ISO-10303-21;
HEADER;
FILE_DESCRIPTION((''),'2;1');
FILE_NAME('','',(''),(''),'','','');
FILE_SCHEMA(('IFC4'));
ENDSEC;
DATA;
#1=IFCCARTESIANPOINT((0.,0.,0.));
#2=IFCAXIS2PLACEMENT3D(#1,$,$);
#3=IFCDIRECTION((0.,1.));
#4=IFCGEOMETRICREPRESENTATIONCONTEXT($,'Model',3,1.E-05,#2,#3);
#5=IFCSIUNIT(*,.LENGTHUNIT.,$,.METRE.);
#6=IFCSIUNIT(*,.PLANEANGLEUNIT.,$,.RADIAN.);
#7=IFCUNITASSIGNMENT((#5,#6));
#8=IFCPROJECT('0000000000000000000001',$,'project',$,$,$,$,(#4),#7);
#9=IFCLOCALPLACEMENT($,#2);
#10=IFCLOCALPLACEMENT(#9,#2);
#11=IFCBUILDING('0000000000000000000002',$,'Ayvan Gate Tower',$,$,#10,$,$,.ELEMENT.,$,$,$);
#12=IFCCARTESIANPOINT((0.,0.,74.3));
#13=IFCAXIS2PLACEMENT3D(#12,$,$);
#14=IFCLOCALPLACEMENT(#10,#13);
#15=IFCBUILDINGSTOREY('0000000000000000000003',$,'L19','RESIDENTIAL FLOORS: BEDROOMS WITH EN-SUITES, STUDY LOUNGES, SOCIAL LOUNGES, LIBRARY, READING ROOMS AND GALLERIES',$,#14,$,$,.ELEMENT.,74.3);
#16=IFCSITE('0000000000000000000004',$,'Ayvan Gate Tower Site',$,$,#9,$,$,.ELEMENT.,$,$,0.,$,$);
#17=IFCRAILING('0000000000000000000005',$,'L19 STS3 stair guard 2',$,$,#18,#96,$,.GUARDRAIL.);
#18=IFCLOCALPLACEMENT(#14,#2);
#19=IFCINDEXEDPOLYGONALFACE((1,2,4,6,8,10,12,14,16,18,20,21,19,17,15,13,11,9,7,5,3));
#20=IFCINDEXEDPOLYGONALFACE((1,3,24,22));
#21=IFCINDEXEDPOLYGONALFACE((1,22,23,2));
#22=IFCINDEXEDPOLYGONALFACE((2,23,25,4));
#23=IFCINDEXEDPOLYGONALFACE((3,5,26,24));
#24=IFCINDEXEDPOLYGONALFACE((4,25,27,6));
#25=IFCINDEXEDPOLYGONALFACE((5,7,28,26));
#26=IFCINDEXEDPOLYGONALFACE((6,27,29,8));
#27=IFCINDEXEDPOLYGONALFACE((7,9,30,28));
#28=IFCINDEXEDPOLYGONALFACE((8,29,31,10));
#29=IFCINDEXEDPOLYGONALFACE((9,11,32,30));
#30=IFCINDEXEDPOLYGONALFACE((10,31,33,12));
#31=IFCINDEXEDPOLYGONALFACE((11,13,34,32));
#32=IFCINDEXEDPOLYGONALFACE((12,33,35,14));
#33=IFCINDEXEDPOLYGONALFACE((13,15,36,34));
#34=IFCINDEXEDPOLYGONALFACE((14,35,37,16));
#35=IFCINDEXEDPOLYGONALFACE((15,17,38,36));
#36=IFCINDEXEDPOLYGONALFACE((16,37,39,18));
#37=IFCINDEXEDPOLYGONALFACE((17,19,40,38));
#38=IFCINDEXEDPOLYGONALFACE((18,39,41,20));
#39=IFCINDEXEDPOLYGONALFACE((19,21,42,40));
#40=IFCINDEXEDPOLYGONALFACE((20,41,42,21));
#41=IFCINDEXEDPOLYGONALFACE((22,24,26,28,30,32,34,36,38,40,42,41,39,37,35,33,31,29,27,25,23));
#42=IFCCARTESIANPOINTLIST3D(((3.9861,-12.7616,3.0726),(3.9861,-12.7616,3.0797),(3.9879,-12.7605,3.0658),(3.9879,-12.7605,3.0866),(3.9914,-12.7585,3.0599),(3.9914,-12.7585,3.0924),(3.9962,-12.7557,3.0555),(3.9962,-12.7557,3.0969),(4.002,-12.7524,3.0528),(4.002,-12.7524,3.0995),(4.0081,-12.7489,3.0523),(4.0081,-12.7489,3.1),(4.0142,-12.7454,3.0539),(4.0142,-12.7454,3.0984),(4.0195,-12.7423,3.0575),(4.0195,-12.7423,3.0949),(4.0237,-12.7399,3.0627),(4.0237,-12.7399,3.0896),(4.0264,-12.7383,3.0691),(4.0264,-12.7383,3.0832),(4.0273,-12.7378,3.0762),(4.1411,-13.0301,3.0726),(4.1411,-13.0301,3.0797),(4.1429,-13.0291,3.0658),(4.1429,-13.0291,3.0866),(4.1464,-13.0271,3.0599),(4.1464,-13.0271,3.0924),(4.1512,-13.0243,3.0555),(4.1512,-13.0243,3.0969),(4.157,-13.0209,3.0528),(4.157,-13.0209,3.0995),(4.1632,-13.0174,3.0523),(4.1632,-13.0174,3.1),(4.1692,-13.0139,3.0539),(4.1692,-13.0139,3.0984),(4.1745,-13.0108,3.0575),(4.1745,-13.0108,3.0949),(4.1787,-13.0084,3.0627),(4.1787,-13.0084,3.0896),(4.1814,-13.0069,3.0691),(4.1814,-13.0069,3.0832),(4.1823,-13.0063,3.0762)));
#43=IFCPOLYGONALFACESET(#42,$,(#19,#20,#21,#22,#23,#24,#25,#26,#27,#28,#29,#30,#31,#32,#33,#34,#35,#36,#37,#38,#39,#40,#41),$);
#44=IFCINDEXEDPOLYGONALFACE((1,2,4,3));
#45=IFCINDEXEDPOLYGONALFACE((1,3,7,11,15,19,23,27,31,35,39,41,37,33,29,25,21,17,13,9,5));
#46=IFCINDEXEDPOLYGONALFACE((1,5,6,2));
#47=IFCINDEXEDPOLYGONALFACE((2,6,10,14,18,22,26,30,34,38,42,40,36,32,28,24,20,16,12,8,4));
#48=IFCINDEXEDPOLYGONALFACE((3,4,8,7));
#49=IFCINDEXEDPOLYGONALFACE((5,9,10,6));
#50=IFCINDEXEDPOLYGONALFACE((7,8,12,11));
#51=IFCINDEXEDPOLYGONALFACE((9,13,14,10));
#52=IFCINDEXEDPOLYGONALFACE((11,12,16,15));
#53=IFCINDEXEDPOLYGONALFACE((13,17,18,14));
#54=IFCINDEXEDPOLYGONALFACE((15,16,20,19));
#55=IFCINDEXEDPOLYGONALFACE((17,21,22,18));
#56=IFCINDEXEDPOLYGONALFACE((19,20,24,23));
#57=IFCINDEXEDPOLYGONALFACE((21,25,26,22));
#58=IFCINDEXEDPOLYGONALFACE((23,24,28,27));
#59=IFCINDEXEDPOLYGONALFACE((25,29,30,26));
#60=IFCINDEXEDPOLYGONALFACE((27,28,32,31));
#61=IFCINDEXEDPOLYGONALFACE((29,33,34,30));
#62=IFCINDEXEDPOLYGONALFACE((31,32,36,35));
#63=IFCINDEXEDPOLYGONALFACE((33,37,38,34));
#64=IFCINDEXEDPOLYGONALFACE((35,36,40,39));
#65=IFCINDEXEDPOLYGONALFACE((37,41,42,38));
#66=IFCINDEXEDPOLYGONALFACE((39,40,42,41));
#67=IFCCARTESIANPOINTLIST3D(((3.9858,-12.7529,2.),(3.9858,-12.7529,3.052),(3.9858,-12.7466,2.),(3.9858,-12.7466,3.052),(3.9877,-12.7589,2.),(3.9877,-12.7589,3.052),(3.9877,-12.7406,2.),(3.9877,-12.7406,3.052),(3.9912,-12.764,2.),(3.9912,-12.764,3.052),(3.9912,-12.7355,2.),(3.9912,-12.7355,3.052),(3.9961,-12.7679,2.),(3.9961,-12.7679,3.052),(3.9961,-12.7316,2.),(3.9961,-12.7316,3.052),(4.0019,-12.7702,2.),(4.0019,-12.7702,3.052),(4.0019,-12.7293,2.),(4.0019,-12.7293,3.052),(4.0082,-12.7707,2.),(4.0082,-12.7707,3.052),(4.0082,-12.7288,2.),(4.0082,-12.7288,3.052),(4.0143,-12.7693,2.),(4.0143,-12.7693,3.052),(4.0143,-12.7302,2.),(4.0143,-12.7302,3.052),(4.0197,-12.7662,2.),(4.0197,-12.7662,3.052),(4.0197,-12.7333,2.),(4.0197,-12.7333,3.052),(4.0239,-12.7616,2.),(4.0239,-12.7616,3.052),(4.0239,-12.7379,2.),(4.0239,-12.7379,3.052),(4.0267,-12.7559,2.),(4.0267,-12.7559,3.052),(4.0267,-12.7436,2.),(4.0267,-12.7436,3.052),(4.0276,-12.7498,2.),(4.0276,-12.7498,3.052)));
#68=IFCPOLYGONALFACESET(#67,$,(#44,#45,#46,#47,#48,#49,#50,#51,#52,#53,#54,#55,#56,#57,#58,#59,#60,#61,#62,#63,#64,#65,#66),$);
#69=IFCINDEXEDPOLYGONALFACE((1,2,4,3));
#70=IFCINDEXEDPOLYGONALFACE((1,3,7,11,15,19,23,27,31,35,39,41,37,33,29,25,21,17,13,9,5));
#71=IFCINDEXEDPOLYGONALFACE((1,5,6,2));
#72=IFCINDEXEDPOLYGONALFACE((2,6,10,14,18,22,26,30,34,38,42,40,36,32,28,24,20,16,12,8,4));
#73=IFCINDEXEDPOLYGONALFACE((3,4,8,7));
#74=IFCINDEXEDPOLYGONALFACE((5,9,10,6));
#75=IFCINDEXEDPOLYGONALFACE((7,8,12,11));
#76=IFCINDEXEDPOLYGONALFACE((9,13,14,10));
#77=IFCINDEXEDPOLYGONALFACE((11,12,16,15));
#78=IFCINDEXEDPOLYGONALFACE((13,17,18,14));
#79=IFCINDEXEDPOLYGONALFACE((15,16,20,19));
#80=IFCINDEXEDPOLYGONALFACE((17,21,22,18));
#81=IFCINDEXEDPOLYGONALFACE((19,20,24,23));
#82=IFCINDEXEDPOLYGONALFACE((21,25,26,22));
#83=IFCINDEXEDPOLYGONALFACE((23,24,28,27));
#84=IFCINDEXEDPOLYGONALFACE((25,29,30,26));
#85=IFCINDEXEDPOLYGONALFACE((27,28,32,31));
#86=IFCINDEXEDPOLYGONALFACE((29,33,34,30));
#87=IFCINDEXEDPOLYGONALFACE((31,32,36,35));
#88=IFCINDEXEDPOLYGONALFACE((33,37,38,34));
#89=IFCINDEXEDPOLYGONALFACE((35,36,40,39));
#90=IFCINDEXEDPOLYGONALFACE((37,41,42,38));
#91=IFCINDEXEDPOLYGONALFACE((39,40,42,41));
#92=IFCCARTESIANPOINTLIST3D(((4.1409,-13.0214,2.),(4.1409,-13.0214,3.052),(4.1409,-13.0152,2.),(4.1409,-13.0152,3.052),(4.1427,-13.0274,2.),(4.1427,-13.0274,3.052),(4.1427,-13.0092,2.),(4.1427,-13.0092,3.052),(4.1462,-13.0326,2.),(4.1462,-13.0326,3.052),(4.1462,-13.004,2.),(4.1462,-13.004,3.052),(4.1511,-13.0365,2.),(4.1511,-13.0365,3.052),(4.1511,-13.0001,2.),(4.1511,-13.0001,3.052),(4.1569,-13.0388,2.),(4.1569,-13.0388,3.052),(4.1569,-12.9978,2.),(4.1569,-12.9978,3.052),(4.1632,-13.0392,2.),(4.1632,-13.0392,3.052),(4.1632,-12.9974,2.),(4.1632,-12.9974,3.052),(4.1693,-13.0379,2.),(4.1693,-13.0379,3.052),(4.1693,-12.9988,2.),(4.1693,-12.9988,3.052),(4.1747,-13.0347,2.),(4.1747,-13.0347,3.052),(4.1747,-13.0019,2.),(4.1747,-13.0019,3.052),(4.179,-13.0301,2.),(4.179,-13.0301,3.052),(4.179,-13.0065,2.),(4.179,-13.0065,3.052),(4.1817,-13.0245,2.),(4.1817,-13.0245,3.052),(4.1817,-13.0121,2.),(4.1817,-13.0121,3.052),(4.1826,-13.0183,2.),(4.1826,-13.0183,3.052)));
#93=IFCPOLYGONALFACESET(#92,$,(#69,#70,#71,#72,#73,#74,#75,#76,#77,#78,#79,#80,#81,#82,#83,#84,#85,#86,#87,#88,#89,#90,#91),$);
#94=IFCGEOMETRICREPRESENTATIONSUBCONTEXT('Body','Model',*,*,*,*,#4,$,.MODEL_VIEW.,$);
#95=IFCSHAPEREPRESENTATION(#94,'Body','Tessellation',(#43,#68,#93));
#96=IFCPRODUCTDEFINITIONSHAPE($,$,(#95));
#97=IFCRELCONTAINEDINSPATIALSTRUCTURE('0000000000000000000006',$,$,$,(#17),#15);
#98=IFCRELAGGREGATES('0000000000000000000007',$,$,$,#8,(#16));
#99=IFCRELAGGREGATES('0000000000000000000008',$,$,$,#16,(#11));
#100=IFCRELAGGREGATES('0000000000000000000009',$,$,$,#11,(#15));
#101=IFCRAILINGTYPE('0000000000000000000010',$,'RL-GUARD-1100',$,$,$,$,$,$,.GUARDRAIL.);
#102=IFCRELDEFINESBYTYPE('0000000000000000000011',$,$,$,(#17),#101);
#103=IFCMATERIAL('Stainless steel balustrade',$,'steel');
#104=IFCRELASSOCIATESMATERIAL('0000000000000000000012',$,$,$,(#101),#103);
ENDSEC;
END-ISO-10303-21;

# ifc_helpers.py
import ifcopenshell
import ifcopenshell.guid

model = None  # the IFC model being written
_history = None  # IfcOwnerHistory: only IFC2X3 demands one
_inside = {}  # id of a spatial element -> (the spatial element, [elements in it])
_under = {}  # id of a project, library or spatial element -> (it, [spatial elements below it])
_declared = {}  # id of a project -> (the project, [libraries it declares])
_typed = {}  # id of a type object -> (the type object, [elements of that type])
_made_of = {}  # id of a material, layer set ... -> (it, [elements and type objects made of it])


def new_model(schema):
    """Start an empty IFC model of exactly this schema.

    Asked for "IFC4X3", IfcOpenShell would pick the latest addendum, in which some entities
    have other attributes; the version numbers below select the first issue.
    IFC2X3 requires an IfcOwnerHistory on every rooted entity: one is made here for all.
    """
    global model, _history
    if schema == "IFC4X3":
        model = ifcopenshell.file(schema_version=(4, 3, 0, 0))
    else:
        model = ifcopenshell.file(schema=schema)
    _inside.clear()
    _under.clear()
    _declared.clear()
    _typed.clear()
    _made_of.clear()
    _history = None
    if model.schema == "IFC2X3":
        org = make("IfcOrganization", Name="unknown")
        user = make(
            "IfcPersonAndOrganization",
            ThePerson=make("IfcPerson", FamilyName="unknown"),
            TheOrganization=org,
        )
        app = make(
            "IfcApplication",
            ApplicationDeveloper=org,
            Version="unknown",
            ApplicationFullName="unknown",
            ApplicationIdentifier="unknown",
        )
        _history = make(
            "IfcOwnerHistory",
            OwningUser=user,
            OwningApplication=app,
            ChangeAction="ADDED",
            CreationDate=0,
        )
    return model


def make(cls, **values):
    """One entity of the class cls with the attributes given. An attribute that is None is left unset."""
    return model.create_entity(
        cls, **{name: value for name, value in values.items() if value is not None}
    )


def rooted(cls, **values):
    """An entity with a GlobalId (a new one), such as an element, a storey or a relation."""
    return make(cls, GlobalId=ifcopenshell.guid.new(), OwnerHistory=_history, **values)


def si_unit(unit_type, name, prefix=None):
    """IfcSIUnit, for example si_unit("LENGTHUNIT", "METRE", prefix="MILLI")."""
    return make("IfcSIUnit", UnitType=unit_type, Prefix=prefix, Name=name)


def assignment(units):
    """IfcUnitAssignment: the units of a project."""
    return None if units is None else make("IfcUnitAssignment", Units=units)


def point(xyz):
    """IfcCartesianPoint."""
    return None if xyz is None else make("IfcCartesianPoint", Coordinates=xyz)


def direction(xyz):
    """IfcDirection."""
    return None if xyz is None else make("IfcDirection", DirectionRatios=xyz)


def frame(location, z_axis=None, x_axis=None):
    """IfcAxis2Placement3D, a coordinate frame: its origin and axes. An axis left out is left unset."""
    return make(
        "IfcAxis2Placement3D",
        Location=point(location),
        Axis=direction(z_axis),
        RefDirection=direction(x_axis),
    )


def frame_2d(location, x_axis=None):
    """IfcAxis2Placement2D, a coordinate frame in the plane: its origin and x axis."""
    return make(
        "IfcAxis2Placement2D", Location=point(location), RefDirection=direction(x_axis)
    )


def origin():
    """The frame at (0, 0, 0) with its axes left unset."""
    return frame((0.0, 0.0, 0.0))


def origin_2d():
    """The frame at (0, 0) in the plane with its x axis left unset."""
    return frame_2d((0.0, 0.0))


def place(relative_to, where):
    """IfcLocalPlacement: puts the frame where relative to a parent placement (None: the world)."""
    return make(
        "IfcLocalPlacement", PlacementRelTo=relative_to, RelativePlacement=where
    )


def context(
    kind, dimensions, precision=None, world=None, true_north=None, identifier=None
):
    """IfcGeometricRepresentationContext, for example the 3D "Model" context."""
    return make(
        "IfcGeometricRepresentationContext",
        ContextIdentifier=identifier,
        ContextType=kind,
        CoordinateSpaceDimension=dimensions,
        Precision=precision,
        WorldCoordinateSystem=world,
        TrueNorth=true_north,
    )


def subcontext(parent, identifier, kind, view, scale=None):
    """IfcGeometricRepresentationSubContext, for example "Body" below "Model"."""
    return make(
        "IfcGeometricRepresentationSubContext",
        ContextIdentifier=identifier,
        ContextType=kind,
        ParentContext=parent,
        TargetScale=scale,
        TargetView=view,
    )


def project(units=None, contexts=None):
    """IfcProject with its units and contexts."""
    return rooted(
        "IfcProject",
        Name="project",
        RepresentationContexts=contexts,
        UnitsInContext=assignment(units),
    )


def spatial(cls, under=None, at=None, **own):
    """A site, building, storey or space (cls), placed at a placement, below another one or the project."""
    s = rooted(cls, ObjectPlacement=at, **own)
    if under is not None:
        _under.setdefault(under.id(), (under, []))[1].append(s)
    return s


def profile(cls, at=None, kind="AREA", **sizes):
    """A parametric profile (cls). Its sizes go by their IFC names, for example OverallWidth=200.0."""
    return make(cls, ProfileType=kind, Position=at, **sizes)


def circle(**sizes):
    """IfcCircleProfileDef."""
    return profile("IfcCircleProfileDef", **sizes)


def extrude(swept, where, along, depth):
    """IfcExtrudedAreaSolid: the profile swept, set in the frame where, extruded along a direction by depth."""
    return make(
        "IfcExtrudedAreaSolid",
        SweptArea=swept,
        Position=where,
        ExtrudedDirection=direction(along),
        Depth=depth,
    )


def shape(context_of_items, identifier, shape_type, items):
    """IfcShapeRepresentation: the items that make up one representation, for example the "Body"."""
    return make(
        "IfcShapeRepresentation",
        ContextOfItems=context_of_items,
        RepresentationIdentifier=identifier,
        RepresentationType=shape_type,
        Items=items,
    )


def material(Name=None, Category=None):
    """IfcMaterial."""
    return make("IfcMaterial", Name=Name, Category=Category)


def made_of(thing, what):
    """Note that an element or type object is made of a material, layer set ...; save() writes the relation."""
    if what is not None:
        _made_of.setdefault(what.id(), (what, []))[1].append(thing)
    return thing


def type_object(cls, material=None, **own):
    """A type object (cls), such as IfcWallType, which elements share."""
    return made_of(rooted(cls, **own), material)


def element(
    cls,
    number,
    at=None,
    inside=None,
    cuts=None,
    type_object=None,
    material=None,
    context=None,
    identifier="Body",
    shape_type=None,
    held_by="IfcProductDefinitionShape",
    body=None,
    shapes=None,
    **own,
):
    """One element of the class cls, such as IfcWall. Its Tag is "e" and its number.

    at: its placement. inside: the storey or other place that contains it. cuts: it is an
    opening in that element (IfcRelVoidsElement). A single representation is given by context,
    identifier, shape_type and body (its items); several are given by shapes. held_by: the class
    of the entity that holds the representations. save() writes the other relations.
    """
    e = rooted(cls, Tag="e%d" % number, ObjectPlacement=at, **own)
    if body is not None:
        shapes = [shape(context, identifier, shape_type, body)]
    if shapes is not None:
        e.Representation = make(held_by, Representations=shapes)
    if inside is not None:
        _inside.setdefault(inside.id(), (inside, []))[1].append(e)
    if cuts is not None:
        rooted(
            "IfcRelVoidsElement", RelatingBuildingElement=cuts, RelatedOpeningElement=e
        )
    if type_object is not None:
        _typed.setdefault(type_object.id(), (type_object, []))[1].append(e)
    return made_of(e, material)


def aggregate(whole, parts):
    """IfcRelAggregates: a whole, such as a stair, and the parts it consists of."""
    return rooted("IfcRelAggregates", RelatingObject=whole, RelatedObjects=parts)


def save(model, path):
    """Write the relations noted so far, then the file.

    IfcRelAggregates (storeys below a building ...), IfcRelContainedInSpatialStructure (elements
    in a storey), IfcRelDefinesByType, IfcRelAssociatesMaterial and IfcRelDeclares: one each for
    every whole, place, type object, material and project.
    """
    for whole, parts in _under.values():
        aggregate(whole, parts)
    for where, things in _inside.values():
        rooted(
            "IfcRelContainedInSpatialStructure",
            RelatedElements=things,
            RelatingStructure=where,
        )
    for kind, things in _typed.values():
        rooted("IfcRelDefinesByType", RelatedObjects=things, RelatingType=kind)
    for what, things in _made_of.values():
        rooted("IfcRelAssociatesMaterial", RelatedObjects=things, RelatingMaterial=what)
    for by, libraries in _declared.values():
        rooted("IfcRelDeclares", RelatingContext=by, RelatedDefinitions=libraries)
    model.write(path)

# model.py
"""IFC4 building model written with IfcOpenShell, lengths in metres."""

from ifc_helpers import new_model, si_unit, direction, frame, origin, origin_2d, place, context, subcontext, project, spatial, circle, extrude, material, type_object, element, save


model = new_model("IFC4")

# Units and contexts
model_context = context("Model", 3, precision=1e-05, world=origin(), true_north=direction((0.0, 1.0)))
body_context = subcontext(model_context, "Body", "Model", "MODEL_VIEW")
ifc_project = project(units=[si_unit("LENGTHUNIT", "METRE"), si_unit("PLANEANGLEUNIT", "RADIAN")], contexts=[model_context])

# Site, building, storey
site_placement = place(None, origin())
site = spatial("IfcSite", under=ifc_project, at=site_placement, Name="Ayvan Gate Tower Site", CompositionType="ELEMENT", RefElevation=0.0)
building_placement = place(site_placement, origin())
building = spatial("IfcBuilding", under=site, at=building_placement, Name="Ayvan Gate Tower", CompositionType="ELEMENT")
storey_placement = place(building_placement, frame((0.0, 0.0, 74.3)))
storey = spatial("IfcBuildingStorey", under=building, at=storey_placement, Name="L19", Description="RESIDENTIAL FLOORS: BEDROOMS WITH EN-SUITES, STUDY LOUNGES, SOCIAL LOUNGES, LIBRARY, READING ROOMS AND GALLERIES", CompositionType="ELEMENT", Elevation=74.3)

# Railing
ifc_material_1 = material(Name="Stainless steel balustrade", Category="steel")
railing_type_1 = type_object("IfcRailingType", Name="RL-GUARD-1100", PredefinedType="GUARDRAIL", material=ifc_material_1)
railing_1_placement = place(storey_placement, frame((4.0066, -12.7498, 2.0)))
element("IfcRailing", 1, at=railing_1_placement, inside=storey, type_object=railing_type_1, Name="L19 STS3 stair guard 2", PredefinedType="GUARDRAIL", context=body_context, shape_type="SweptSolid", body=[
    extrude(circle(Radius=0.0239, at=origin_2d()), frame((0.0, 0.0, 1.0762), z_axis=(0.49995, -0.866054, 0.0), x_axis=(0.866054, 0.49995, 0.0)), (0.0, 0.0, 1.0), 0.3101),
    extrude(circle(Radius=0.021, at=origin_2d()), origin(), (0.0, 0.0, 1.0), 1.052),
    extrude(circle(Radius=0.021, at=origin_2d()), frame((0.155, -0.2686, 0.0)), (0.0, 0.0, 1.0), 1.052),
])

save(model, "model.ifc")
